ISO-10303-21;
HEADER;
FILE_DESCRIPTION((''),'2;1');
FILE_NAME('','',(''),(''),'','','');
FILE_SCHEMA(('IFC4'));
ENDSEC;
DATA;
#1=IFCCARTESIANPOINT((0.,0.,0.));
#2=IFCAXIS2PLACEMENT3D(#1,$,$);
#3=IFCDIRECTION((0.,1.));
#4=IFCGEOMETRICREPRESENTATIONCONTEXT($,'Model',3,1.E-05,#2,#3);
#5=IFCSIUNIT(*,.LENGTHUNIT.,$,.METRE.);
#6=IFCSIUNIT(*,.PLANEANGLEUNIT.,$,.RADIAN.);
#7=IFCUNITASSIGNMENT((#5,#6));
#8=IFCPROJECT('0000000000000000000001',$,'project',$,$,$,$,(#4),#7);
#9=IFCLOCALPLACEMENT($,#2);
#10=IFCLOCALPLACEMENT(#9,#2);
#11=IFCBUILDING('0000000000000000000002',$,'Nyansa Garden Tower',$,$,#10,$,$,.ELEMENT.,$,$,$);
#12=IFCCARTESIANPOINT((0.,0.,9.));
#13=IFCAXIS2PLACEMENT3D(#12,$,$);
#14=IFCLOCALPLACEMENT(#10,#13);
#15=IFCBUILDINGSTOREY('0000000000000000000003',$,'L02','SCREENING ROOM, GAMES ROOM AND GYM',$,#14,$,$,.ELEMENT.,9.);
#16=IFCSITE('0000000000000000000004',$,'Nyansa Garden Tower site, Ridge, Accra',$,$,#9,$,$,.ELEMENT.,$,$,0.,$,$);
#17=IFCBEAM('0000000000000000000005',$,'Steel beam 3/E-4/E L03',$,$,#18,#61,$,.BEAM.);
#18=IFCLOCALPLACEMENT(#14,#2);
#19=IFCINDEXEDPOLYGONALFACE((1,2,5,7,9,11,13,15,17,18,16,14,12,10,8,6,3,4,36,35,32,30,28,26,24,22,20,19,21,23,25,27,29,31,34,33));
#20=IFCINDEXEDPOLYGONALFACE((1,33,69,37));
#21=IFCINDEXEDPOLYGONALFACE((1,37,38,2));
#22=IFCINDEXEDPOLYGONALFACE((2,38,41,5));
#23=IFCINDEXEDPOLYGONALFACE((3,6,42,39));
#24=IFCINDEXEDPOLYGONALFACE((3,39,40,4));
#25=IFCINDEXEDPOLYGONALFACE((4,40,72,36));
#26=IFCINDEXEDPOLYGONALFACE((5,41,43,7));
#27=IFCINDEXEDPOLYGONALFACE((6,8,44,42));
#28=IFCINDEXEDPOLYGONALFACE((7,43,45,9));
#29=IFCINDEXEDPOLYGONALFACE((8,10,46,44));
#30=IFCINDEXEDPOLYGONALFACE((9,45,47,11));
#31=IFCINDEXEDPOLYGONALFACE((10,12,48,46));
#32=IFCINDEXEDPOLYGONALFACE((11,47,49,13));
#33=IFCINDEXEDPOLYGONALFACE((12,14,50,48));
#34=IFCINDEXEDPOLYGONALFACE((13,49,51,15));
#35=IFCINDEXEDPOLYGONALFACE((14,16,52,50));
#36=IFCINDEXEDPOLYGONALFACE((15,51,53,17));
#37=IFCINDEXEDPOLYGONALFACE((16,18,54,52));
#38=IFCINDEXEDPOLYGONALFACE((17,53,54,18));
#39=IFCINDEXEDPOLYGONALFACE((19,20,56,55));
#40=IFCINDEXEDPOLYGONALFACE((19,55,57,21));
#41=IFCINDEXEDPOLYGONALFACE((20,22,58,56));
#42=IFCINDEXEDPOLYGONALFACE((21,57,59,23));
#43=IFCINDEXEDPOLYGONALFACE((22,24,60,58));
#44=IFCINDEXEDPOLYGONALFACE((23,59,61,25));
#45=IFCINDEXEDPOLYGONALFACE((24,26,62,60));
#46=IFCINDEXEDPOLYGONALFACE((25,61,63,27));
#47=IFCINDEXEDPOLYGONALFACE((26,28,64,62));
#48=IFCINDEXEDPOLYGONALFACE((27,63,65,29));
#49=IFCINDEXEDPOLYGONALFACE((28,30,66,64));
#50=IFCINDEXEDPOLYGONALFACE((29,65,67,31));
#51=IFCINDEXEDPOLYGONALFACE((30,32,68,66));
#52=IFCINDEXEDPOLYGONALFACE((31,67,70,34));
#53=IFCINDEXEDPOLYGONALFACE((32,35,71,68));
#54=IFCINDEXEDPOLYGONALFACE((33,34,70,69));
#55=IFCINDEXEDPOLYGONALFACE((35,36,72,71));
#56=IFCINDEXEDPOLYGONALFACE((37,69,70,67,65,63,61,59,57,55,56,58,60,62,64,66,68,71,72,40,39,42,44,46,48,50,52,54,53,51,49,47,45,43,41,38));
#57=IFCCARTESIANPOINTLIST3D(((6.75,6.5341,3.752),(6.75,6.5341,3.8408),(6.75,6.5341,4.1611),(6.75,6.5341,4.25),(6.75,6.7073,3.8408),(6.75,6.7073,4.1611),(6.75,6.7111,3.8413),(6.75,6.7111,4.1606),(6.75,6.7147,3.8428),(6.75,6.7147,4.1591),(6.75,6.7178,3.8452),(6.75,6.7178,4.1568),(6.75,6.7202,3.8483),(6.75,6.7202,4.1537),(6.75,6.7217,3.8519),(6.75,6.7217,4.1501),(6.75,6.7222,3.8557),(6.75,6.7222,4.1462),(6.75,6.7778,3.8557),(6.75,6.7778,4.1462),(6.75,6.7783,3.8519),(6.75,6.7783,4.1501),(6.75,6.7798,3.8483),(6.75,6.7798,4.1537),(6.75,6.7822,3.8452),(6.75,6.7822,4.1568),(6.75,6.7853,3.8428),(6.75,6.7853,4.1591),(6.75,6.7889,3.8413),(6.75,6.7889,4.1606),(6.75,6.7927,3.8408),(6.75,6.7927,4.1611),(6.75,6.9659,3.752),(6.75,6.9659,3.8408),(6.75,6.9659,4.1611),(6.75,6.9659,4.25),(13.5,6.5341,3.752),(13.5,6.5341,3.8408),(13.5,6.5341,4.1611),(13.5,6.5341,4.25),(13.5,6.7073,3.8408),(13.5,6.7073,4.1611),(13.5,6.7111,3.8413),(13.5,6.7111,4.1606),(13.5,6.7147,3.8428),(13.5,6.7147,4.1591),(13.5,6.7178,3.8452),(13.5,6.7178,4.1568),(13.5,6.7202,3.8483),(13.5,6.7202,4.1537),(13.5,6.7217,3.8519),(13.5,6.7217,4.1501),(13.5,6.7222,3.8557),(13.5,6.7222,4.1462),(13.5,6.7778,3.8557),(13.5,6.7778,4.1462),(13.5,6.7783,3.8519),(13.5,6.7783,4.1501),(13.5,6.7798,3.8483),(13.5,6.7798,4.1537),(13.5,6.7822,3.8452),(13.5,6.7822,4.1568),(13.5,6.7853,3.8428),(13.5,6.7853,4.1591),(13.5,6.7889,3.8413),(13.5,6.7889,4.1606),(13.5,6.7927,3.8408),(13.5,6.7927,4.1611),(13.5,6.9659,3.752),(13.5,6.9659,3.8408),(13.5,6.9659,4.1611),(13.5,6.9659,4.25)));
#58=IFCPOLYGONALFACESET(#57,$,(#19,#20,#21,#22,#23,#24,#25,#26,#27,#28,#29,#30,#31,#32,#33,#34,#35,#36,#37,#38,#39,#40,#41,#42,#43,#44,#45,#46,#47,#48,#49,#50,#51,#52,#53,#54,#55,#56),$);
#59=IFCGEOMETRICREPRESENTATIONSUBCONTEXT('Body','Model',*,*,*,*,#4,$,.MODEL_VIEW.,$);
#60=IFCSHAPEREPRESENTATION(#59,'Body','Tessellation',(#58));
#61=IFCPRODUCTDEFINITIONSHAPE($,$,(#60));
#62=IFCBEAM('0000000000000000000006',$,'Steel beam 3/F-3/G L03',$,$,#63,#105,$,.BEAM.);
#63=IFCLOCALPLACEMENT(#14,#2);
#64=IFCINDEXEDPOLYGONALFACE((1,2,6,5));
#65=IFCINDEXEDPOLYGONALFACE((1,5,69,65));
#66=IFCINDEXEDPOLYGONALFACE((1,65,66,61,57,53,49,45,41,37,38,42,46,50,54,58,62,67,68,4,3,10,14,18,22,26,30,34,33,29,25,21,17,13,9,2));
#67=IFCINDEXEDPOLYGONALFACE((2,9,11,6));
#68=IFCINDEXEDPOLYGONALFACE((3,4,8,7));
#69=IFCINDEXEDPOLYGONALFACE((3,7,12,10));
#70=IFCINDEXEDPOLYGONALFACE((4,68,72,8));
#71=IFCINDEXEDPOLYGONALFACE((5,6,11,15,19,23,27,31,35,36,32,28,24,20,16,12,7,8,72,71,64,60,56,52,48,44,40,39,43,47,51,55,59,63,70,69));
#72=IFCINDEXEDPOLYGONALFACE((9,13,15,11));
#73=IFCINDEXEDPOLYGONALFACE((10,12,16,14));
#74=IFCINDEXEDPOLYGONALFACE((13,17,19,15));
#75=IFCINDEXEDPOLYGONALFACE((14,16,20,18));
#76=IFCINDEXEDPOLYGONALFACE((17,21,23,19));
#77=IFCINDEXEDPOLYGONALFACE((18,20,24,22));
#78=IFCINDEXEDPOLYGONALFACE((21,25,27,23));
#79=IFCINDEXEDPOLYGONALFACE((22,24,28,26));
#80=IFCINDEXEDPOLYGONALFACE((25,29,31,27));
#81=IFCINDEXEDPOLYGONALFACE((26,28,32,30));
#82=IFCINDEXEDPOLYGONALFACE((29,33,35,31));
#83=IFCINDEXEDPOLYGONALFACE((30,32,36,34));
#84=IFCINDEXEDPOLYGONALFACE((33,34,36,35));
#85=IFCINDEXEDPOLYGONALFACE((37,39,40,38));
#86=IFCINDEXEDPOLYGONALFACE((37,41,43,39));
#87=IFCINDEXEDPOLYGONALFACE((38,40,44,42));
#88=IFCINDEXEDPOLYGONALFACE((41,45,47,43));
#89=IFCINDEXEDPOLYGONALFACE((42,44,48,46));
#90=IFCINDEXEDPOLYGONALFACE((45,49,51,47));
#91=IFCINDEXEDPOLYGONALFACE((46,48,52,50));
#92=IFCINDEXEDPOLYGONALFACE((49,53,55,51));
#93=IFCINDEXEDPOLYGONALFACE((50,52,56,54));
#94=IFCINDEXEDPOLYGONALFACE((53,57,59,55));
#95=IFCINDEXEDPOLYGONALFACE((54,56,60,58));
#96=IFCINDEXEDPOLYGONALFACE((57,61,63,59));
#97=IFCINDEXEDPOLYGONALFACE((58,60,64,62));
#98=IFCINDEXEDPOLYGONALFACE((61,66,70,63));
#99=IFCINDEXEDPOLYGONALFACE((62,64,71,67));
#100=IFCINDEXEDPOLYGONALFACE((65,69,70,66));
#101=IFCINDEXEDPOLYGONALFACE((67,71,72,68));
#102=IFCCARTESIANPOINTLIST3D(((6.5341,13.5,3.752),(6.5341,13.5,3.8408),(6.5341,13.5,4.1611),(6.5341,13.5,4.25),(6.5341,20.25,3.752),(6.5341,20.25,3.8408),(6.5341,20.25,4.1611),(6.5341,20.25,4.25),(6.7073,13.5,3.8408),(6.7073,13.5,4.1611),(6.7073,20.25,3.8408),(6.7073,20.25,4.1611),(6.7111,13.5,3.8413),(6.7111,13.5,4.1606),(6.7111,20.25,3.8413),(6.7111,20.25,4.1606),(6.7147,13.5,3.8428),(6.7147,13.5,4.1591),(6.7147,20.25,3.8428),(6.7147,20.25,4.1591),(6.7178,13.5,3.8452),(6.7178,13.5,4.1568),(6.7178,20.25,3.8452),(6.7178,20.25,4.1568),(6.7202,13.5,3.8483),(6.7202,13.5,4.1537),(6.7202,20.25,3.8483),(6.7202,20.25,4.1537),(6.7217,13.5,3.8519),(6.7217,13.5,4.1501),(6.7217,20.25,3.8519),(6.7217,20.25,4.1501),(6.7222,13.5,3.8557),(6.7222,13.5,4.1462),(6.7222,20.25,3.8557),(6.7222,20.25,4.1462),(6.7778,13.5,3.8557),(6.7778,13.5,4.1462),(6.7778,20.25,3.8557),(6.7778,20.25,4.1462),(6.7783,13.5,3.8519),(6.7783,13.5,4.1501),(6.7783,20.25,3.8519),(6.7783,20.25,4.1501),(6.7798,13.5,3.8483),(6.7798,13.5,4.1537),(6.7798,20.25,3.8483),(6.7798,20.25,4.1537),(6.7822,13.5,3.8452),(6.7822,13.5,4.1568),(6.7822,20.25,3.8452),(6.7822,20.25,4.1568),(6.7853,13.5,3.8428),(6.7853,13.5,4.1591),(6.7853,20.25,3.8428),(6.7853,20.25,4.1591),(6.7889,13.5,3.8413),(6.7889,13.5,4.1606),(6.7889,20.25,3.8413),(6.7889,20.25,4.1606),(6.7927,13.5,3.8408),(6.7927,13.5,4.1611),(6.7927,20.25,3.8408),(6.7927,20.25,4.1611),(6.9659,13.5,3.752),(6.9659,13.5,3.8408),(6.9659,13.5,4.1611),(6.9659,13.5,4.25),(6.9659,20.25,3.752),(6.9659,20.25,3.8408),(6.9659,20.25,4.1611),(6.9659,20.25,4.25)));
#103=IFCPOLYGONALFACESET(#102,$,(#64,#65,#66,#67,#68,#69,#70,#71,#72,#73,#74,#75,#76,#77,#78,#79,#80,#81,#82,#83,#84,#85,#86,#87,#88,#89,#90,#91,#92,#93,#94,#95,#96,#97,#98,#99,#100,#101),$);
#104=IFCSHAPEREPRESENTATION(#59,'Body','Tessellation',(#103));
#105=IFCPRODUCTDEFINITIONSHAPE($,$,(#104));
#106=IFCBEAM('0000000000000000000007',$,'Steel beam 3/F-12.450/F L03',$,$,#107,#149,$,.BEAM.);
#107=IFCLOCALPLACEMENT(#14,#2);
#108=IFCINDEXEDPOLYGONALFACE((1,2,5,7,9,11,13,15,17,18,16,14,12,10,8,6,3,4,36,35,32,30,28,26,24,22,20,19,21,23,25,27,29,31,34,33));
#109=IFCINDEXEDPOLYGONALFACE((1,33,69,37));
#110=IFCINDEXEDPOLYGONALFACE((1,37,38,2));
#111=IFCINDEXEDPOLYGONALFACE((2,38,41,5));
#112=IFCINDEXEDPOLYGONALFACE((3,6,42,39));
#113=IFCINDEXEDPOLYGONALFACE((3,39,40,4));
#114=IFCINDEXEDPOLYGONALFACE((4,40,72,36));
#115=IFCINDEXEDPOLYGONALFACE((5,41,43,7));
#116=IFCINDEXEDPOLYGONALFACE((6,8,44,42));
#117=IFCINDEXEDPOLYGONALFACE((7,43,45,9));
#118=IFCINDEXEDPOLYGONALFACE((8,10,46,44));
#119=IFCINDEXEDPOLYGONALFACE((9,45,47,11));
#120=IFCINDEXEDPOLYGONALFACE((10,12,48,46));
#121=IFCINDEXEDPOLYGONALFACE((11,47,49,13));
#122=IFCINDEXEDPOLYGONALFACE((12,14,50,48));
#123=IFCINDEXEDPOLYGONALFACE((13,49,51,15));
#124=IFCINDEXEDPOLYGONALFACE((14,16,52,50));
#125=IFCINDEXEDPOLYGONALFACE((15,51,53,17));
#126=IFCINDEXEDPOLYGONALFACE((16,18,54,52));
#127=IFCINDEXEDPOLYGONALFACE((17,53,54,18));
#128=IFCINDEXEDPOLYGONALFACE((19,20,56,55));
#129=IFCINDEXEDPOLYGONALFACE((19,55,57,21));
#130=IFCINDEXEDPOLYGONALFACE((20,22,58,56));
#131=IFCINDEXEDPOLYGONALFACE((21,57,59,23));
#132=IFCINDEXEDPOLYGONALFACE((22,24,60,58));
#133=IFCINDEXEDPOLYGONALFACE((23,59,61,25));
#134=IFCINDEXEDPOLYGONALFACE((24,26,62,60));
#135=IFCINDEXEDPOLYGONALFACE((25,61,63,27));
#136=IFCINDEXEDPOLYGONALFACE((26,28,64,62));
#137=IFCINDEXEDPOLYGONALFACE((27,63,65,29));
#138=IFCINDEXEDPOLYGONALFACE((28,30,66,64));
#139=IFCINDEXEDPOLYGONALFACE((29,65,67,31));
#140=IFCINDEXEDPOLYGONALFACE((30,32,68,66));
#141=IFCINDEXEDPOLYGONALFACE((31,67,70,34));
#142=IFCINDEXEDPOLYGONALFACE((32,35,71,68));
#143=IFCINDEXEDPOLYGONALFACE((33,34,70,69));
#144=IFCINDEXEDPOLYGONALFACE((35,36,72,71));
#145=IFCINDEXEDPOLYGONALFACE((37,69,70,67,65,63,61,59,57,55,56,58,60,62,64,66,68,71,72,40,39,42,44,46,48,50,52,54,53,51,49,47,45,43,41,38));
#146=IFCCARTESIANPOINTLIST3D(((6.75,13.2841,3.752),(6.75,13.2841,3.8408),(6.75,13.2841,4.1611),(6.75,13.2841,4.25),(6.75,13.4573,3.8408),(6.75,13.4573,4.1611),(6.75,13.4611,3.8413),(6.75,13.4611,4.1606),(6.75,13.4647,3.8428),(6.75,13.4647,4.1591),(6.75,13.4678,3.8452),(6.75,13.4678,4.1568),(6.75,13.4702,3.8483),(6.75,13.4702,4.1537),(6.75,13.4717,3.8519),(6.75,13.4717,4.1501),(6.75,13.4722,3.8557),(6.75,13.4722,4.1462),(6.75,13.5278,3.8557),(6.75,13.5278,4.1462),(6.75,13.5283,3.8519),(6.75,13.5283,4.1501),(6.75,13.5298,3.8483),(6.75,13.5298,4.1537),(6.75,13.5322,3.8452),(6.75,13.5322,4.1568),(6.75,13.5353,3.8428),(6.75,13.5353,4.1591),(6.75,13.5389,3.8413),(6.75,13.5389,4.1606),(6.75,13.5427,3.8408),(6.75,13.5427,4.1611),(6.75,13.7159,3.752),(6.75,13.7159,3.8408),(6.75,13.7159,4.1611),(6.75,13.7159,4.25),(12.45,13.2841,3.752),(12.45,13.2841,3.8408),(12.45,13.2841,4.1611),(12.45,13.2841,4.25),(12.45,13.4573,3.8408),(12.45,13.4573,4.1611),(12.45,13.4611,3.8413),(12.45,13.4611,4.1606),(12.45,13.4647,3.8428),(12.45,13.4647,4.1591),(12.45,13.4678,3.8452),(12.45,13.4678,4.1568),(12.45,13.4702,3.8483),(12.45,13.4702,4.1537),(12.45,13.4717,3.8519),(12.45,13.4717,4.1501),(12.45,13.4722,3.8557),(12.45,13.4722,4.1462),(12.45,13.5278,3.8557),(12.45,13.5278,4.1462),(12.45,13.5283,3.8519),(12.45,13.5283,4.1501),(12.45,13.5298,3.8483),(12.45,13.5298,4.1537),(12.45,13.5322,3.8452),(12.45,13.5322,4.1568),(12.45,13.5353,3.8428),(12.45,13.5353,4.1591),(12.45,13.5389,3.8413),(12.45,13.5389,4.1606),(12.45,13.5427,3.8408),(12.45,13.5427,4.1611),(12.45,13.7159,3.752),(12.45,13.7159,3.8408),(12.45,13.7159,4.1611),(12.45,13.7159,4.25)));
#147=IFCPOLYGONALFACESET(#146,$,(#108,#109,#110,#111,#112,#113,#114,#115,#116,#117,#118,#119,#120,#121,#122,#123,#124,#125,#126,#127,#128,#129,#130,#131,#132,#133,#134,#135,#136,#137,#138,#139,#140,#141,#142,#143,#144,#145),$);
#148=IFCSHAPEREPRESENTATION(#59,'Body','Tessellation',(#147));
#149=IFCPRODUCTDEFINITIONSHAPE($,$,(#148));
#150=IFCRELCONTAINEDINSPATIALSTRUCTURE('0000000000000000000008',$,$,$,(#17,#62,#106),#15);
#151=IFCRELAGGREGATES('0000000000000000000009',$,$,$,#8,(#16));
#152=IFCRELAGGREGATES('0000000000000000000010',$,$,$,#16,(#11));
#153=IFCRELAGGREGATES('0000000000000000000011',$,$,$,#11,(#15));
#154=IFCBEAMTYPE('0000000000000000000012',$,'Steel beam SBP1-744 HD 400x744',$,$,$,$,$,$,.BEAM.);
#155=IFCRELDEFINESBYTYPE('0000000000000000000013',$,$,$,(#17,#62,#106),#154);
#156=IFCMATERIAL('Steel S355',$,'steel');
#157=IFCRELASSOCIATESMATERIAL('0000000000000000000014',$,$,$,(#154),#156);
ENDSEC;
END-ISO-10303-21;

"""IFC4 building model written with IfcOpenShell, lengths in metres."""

from ifc_helpers import new_model, si_unit, direction, frame, origin, origin_2d, place, context, subcontext, project, spatial, i_section, extrude, material, material_profile, profile_set, type_object, element, save


model = new_model("IFC4")

# Units and contexts
model_context = context("Model", 3, precision=1e-05, world=origin(), true_north=direction((0.0, 1.0)))
body_context = subcontext(model_context, "Body", "Model", "MODEL_VIEW")
ifc_project = project(units=[si_unit("LENGTHUNIT", "METRE"), si_unit("PLANEANGLEUNIT", "RADIAN")], contexts=[model_context])

# Site, building, storey
site_placement = place(None, origin())
site = spatial("IfcSite", under=ifc_project, at=site_placement, Name="Nyansa Garden Tower site, Ridge, Accra", CompositionType="ELEMENT", RefElevation=0.0)
building_placement = place(site_placement, origin())
building = spatial("IfcBuilding", under=site, at=building_placement, Name="Nyansa Garden Tower", CompositionType="ELEMENT")
storey_placement = place(building_placement, frame((0.0, 0.0, 9.0)))
storey = spatial("IfcBuildingStorey", under=building, at=storey_placement, Name="L02", Description="SCREENING ROOM, GAMES ROOM AND GYM", CompositionType="ELEMENT", Elevation=9.0)

# Beams
ifc_material_1 = material(Name="Steel S355", Category="steel")
ifc_material_profile_1 = material_profile(ifc_material_1, i_section(OverallWidth=0.4319, OverallDepth=0.498, WebThickness=0.0557, FlangeThickness=0.0889, FilletRadius=0.0149, at=origin_2d()), Name="HD 400x744")
ifc_profile_set_1 = profile_set([ifc_material_profile_1], Name="Steel S355")
beam_type = type_object("IfcBeamType", Name="Steel beam SBP1-744 HD 400x744", PredefinedType="BEAM", material=ifc_profile_set_1)
for number, where, z_axis, x_axis, name in (
    (1, (6.75, 6.75, 4.001), (1.0, 0.0, 0.0), (0.0, 1.0, 0.0), "Steel beam 3/E-4/E L03"),
    (2, (6.75, 13.5, 4.001), (0.0, 1.0, 0.0), (-1.0, 0.0, 0.0), "Steel beam 3/F-3/G L03"),
):
    element("IfcBeam", number, at=place(storey_placement, frame(where, z_axis=z_axis, x_axis=x_axis)), inside=storey, type_object=beam_type, Name=name, PredefinedType="BEAM", context=body_context, shape_type="SweptSolid", body=[
        extrude(i_section(OverallWidth=0.4319, OverallDepth=0.498, WebThickness=0.0557, FlangeThickness=0.0889, FilletRadius=0.0149, at=origin_2d()), origin(), (0.0, 0.0, 1.0), 6.75),
    ])
beam_placement = place(storey_placement, frame((6.75, 13.5, 4.001), z_axis=(1.0, 0.0, 0.0), x_axis=(0.0, 1.0, 0.0)))
element("IfcBeam", 3, at=beam_placement, inside=storey, type_object=beam_type, Name="Steel beam 3/F-12.450/F L03", PredefinedType="BEAM", context=body_context, shape_type="SweptSolid", body=[
    extrude(i_section(OverallWidth=0.4319, OverallDepth=0.498, WebThickness=0.0557, FlangeThickness=0.0889, FilletRadius=0.0149, at=origin_2d()), origin(), (0.0, 0.0, 1.0), 5.7),
])

save(model, "model.ifc")
